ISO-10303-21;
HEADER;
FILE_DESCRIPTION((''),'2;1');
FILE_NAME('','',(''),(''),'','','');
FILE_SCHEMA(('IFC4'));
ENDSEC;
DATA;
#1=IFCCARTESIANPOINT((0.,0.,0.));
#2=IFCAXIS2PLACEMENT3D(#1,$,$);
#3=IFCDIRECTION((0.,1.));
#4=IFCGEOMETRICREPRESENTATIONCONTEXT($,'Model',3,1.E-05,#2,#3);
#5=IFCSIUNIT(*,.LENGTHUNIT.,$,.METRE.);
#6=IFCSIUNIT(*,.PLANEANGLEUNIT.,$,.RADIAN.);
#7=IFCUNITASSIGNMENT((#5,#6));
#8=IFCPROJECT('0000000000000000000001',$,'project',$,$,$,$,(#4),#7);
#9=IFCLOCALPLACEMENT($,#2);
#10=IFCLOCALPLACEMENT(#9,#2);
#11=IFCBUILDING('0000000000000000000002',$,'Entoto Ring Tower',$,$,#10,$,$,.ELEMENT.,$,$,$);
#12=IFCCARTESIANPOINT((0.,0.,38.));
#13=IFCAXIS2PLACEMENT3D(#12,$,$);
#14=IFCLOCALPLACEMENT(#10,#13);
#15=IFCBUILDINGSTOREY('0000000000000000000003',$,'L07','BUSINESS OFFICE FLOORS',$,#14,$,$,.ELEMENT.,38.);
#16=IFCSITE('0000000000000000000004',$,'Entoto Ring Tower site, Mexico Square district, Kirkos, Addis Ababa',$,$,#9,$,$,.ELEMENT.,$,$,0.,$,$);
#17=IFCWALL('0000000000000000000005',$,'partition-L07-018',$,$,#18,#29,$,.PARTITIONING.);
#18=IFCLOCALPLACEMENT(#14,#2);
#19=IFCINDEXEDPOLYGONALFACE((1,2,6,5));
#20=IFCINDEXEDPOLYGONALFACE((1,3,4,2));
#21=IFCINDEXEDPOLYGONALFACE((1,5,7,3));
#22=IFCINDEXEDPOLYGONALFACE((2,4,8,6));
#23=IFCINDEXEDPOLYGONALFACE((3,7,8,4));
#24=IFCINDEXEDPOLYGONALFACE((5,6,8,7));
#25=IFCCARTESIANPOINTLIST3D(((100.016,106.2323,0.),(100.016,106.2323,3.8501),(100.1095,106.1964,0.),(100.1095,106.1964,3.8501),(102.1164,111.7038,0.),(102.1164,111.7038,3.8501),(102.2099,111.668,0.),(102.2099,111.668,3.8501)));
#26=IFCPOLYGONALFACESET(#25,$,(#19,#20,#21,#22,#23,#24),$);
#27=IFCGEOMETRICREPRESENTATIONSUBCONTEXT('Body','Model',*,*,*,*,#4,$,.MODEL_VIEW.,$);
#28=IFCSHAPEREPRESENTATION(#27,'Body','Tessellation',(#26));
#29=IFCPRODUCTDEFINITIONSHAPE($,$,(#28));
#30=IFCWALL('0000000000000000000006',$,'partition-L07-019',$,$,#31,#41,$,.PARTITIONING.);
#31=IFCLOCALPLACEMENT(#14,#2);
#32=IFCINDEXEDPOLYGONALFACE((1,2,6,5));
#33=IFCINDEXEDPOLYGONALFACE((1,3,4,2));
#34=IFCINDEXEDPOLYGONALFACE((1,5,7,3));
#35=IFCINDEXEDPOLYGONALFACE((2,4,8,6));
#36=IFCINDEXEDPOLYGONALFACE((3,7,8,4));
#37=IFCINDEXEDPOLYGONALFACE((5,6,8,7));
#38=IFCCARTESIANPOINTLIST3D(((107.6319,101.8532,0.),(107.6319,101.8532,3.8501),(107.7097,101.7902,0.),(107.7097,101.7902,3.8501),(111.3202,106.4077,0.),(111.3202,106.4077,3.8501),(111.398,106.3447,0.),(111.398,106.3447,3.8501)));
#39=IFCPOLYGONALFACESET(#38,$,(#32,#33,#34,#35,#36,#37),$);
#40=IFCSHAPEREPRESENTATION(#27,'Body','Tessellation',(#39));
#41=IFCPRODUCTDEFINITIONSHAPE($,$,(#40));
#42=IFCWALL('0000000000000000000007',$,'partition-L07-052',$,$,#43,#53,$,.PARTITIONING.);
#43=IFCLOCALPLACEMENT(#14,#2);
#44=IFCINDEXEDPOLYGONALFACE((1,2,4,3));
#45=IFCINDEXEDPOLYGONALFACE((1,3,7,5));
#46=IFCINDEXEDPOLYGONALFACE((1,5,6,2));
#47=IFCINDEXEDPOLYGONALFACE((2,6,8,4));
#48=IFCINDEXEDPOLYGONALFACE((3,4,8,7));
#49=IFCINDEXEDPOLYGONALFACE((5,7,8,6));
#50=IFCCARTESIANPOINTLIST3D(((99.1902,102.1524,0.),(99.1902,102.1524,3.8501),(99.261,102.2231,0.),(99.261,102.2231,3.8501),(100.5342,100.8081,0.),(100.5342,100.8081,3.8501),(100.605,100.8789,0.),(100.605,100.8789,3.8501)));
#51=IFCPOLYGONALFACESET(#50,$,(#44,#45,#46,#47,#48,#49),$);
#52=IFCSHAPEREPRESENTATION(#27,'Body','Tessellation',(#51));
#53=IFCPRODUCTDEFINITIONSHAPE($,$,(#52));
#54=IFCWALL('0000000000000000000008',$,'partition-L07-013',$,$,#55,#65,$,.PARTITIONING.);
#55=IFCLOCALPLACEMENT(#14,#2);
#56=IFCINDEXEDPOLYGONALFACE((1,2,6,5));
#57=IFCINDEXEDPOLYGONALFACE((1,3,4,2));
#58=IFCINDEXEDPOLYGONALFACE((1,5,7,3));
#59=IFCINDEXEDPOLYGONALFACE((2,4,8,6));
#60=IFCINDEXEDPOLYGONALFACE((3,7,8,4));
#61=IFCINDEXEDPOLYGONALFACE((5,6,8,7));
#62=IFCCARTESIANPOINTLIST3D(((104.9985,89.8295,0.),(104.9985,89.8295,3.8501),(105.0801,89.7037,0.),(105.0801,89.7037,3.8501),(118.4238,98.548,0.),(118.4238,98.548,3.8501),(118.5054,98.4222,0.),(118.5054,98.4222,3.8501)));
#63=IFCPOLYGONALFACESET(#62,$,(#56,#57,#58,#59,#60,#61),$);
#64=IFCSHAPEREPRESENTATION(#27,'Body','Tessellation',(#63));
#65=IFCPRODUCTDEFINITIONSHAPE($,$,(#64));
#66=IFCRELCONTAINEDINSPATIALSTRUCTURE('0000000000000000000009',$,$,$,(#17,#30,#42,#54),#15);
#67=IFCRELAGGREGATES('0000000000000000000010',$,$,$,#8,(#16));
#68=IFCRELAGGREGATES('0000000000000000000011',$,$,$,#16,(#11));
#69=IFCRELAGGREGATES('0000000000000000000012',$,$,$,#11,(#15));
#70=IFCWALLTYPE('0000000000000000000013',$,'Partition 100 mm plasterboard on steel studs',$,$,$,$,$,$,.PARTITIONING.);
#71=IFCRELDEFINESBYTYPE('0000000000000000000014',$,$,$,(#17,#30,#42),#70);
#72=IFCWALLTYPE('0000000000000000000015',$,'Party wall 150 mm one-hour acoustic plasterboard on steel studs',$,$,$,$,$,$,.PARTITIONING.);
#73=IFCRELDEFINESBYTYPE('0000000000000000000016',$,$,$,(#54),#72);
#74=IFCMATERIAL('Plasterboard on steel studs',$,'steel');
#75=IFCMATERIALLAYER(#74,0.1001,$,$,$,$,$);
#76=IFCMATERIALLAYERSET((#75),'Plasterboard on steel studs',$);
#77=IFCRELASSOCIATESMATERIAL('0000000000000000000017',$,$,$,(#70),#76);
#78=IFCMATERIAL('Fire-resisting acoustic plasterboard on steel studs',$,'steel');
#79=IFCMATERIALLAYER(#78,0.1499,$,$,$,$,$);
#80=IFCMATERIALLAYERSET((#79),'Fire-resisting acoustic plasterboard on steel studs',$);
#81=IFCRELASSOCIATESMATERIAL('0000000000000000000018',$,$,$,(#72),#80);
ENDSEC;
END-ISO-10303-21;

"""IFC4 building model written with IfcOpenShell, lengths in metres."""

from ifc_helpers import new_model, si_unit, direction, frame, frame_2d, origin, place, context, subcontext, project, spatial, rectangle, extrude, material, layer, layer_set, type_object, element, save


model = new_model("IFC4")

# Units and contexts
model_context = context("Model", 3, precision=1e-05, world=origin(), true_north=direction((0.0, 1.0)))
body_context = subcontext(model_context, "Body", "Model", "MODEL_VIEW")
ifc_project = project(units=[si_unit("LENGTHUNIT", "METRE"), si_unit("PLANEANGLEUNIT", "RADIAN")], contexts=[model_context])

# Site, building, storey
site_placement = place(None, origin())
site = spatial("IfcSite", under=ifc_project, at=site_placement, Name="Entoto Ring Tower site, Mexico Square district, Kirkos, Addis Ababa", CompositionType="ELEMENT", RefElevation=0.0)
building_placement = place(site_placement, origin())
building = spatial("IfcBuilding", under=site, at=building_placement, Name="Entoto Ring Tower", CompositionType="ELEMENT")
storey_placement = place(building_placement, frame((0.0, 0.0, 38.0)))
storey = spatial("IfcBuildingStorey", under=building, at=storey_placement, Name="L07", Description="BUSINESS OFFICE FLOORS", CompositionType="ELEMENT", Elevation=38.0)

# Shared definitions
ifc_material_1 = material(Name="Plasterboard on steel studs", Category="steel")
ifc_layer_1 = layer(ifc_material_1, 0.1001)
ifc_layer_set_1 = layer_set([ifc_layer_1], Name="Plasterboard on steel studs")
wall_type_1 = type_object("IfcWallType", Name="Partition 100 mm plasterboard on steel studs", PredefinedType="PARTITIONING", material=ifc_layer_set_1)

# Walls
wall_1_placement = place(storey_placement, frame((100.0627, 106.2144, 0.0), z_axis=(0.0, 0.0, 1.0), x_axis=(0.358376, 0.933577, 0.0)))
element("IfcWall", 1, at=wall_1_placement, inside=storey, type_object=wall_type_1, Name="partition-L07-018", PredefinedType="PARTITIONING", context=body_context, shape_type="SweptSolid", body=[
    extrude(rectangle(XDim=5.8608, YDim=0.1001, at=frame_2d((2.9304, 0.0))), origin(), (0.0, 0.0, 1.0), 3.8501),
])
wall_2_placement = place(storey_placement, frame((107.6709, 101.8218, 0.0), z_axis=(0.0, 0.0, 1.0), x_axis=(0.629332, 0.777136, 0.0)))
element("IfcWall", 2, at=wall_2_placement, inside=storey, type_object=wall_type_1, Name="partition-L07-019", PredefinedType="PARTITIONING", context=body_context, shape_type="SweptSolid", body=[
    extrude(rectangle(XDim=5.8606, YDim=0.1001, at=frame_2d((2.9302, 0.0))), origin(), (0.0, 0.0, 1.0), 3.8501),
])
wall_3_placement = place(storey_placement, frame((100.5696, 100.8435, 0.0), z_axis=(0.0, 0.0, 1.0), x_axis=(-0.707043, 0.707171, 0.0)))
element("IfcWall", 3, at=wall_3_placement, inside=storey, type_object=wall_type_1, Name="partition-L07-052", PredefinedType="PARTITIONING", context=body_context, shape_type="SweptSolid", body=[
    extrude(rectangle(XDim=1.9009, YDim=0.1001, at=frame_2d((0.9504, 0.0))), origin(), (0.0, 0.0, 1.0), 3.8501),
])
ifc_material_2 = material(Name="Fire-resisting acoustic plasterboard on steel studs", Category="steel")
ifc_layer_2 = layer(ifc_material_2, 0.1499)
ifc_layer_set_2 = layer_set([ifc_layer_2], Name="Fire-resisting acoustic plasterboard on steel studs")
wall_type_2 = type_object("IfcWallType", Name="Party wall 150 mm one-hour acoustic plasterboard on steel studs", PredefinedType="PARTITIONING", material=ifc_layer_set_2)
wall_4_placement = place(storey_placement, frame((105.0393, 89.7666, 0.0), z_axis=(0.0, 0.0, 1.0), x_axis=(0.83867, 0.54464, 0.0)))
element("IfcWall", 4, at=wall_4_placement, inside=storey, type_object=wall_type_2, Name="partition-L07-013", PredefinedType="PARTITIONING", context=body_context, shape_type="SweptSolid", body=[
    extrude(rectangle(XDim=16.0078, YDim=0.1499, at=frame_2d((8.0039, 0.0))), origin(), (0.0, 0.0, 1.0), 3.8501),
])

save(model, "model.ifc")
